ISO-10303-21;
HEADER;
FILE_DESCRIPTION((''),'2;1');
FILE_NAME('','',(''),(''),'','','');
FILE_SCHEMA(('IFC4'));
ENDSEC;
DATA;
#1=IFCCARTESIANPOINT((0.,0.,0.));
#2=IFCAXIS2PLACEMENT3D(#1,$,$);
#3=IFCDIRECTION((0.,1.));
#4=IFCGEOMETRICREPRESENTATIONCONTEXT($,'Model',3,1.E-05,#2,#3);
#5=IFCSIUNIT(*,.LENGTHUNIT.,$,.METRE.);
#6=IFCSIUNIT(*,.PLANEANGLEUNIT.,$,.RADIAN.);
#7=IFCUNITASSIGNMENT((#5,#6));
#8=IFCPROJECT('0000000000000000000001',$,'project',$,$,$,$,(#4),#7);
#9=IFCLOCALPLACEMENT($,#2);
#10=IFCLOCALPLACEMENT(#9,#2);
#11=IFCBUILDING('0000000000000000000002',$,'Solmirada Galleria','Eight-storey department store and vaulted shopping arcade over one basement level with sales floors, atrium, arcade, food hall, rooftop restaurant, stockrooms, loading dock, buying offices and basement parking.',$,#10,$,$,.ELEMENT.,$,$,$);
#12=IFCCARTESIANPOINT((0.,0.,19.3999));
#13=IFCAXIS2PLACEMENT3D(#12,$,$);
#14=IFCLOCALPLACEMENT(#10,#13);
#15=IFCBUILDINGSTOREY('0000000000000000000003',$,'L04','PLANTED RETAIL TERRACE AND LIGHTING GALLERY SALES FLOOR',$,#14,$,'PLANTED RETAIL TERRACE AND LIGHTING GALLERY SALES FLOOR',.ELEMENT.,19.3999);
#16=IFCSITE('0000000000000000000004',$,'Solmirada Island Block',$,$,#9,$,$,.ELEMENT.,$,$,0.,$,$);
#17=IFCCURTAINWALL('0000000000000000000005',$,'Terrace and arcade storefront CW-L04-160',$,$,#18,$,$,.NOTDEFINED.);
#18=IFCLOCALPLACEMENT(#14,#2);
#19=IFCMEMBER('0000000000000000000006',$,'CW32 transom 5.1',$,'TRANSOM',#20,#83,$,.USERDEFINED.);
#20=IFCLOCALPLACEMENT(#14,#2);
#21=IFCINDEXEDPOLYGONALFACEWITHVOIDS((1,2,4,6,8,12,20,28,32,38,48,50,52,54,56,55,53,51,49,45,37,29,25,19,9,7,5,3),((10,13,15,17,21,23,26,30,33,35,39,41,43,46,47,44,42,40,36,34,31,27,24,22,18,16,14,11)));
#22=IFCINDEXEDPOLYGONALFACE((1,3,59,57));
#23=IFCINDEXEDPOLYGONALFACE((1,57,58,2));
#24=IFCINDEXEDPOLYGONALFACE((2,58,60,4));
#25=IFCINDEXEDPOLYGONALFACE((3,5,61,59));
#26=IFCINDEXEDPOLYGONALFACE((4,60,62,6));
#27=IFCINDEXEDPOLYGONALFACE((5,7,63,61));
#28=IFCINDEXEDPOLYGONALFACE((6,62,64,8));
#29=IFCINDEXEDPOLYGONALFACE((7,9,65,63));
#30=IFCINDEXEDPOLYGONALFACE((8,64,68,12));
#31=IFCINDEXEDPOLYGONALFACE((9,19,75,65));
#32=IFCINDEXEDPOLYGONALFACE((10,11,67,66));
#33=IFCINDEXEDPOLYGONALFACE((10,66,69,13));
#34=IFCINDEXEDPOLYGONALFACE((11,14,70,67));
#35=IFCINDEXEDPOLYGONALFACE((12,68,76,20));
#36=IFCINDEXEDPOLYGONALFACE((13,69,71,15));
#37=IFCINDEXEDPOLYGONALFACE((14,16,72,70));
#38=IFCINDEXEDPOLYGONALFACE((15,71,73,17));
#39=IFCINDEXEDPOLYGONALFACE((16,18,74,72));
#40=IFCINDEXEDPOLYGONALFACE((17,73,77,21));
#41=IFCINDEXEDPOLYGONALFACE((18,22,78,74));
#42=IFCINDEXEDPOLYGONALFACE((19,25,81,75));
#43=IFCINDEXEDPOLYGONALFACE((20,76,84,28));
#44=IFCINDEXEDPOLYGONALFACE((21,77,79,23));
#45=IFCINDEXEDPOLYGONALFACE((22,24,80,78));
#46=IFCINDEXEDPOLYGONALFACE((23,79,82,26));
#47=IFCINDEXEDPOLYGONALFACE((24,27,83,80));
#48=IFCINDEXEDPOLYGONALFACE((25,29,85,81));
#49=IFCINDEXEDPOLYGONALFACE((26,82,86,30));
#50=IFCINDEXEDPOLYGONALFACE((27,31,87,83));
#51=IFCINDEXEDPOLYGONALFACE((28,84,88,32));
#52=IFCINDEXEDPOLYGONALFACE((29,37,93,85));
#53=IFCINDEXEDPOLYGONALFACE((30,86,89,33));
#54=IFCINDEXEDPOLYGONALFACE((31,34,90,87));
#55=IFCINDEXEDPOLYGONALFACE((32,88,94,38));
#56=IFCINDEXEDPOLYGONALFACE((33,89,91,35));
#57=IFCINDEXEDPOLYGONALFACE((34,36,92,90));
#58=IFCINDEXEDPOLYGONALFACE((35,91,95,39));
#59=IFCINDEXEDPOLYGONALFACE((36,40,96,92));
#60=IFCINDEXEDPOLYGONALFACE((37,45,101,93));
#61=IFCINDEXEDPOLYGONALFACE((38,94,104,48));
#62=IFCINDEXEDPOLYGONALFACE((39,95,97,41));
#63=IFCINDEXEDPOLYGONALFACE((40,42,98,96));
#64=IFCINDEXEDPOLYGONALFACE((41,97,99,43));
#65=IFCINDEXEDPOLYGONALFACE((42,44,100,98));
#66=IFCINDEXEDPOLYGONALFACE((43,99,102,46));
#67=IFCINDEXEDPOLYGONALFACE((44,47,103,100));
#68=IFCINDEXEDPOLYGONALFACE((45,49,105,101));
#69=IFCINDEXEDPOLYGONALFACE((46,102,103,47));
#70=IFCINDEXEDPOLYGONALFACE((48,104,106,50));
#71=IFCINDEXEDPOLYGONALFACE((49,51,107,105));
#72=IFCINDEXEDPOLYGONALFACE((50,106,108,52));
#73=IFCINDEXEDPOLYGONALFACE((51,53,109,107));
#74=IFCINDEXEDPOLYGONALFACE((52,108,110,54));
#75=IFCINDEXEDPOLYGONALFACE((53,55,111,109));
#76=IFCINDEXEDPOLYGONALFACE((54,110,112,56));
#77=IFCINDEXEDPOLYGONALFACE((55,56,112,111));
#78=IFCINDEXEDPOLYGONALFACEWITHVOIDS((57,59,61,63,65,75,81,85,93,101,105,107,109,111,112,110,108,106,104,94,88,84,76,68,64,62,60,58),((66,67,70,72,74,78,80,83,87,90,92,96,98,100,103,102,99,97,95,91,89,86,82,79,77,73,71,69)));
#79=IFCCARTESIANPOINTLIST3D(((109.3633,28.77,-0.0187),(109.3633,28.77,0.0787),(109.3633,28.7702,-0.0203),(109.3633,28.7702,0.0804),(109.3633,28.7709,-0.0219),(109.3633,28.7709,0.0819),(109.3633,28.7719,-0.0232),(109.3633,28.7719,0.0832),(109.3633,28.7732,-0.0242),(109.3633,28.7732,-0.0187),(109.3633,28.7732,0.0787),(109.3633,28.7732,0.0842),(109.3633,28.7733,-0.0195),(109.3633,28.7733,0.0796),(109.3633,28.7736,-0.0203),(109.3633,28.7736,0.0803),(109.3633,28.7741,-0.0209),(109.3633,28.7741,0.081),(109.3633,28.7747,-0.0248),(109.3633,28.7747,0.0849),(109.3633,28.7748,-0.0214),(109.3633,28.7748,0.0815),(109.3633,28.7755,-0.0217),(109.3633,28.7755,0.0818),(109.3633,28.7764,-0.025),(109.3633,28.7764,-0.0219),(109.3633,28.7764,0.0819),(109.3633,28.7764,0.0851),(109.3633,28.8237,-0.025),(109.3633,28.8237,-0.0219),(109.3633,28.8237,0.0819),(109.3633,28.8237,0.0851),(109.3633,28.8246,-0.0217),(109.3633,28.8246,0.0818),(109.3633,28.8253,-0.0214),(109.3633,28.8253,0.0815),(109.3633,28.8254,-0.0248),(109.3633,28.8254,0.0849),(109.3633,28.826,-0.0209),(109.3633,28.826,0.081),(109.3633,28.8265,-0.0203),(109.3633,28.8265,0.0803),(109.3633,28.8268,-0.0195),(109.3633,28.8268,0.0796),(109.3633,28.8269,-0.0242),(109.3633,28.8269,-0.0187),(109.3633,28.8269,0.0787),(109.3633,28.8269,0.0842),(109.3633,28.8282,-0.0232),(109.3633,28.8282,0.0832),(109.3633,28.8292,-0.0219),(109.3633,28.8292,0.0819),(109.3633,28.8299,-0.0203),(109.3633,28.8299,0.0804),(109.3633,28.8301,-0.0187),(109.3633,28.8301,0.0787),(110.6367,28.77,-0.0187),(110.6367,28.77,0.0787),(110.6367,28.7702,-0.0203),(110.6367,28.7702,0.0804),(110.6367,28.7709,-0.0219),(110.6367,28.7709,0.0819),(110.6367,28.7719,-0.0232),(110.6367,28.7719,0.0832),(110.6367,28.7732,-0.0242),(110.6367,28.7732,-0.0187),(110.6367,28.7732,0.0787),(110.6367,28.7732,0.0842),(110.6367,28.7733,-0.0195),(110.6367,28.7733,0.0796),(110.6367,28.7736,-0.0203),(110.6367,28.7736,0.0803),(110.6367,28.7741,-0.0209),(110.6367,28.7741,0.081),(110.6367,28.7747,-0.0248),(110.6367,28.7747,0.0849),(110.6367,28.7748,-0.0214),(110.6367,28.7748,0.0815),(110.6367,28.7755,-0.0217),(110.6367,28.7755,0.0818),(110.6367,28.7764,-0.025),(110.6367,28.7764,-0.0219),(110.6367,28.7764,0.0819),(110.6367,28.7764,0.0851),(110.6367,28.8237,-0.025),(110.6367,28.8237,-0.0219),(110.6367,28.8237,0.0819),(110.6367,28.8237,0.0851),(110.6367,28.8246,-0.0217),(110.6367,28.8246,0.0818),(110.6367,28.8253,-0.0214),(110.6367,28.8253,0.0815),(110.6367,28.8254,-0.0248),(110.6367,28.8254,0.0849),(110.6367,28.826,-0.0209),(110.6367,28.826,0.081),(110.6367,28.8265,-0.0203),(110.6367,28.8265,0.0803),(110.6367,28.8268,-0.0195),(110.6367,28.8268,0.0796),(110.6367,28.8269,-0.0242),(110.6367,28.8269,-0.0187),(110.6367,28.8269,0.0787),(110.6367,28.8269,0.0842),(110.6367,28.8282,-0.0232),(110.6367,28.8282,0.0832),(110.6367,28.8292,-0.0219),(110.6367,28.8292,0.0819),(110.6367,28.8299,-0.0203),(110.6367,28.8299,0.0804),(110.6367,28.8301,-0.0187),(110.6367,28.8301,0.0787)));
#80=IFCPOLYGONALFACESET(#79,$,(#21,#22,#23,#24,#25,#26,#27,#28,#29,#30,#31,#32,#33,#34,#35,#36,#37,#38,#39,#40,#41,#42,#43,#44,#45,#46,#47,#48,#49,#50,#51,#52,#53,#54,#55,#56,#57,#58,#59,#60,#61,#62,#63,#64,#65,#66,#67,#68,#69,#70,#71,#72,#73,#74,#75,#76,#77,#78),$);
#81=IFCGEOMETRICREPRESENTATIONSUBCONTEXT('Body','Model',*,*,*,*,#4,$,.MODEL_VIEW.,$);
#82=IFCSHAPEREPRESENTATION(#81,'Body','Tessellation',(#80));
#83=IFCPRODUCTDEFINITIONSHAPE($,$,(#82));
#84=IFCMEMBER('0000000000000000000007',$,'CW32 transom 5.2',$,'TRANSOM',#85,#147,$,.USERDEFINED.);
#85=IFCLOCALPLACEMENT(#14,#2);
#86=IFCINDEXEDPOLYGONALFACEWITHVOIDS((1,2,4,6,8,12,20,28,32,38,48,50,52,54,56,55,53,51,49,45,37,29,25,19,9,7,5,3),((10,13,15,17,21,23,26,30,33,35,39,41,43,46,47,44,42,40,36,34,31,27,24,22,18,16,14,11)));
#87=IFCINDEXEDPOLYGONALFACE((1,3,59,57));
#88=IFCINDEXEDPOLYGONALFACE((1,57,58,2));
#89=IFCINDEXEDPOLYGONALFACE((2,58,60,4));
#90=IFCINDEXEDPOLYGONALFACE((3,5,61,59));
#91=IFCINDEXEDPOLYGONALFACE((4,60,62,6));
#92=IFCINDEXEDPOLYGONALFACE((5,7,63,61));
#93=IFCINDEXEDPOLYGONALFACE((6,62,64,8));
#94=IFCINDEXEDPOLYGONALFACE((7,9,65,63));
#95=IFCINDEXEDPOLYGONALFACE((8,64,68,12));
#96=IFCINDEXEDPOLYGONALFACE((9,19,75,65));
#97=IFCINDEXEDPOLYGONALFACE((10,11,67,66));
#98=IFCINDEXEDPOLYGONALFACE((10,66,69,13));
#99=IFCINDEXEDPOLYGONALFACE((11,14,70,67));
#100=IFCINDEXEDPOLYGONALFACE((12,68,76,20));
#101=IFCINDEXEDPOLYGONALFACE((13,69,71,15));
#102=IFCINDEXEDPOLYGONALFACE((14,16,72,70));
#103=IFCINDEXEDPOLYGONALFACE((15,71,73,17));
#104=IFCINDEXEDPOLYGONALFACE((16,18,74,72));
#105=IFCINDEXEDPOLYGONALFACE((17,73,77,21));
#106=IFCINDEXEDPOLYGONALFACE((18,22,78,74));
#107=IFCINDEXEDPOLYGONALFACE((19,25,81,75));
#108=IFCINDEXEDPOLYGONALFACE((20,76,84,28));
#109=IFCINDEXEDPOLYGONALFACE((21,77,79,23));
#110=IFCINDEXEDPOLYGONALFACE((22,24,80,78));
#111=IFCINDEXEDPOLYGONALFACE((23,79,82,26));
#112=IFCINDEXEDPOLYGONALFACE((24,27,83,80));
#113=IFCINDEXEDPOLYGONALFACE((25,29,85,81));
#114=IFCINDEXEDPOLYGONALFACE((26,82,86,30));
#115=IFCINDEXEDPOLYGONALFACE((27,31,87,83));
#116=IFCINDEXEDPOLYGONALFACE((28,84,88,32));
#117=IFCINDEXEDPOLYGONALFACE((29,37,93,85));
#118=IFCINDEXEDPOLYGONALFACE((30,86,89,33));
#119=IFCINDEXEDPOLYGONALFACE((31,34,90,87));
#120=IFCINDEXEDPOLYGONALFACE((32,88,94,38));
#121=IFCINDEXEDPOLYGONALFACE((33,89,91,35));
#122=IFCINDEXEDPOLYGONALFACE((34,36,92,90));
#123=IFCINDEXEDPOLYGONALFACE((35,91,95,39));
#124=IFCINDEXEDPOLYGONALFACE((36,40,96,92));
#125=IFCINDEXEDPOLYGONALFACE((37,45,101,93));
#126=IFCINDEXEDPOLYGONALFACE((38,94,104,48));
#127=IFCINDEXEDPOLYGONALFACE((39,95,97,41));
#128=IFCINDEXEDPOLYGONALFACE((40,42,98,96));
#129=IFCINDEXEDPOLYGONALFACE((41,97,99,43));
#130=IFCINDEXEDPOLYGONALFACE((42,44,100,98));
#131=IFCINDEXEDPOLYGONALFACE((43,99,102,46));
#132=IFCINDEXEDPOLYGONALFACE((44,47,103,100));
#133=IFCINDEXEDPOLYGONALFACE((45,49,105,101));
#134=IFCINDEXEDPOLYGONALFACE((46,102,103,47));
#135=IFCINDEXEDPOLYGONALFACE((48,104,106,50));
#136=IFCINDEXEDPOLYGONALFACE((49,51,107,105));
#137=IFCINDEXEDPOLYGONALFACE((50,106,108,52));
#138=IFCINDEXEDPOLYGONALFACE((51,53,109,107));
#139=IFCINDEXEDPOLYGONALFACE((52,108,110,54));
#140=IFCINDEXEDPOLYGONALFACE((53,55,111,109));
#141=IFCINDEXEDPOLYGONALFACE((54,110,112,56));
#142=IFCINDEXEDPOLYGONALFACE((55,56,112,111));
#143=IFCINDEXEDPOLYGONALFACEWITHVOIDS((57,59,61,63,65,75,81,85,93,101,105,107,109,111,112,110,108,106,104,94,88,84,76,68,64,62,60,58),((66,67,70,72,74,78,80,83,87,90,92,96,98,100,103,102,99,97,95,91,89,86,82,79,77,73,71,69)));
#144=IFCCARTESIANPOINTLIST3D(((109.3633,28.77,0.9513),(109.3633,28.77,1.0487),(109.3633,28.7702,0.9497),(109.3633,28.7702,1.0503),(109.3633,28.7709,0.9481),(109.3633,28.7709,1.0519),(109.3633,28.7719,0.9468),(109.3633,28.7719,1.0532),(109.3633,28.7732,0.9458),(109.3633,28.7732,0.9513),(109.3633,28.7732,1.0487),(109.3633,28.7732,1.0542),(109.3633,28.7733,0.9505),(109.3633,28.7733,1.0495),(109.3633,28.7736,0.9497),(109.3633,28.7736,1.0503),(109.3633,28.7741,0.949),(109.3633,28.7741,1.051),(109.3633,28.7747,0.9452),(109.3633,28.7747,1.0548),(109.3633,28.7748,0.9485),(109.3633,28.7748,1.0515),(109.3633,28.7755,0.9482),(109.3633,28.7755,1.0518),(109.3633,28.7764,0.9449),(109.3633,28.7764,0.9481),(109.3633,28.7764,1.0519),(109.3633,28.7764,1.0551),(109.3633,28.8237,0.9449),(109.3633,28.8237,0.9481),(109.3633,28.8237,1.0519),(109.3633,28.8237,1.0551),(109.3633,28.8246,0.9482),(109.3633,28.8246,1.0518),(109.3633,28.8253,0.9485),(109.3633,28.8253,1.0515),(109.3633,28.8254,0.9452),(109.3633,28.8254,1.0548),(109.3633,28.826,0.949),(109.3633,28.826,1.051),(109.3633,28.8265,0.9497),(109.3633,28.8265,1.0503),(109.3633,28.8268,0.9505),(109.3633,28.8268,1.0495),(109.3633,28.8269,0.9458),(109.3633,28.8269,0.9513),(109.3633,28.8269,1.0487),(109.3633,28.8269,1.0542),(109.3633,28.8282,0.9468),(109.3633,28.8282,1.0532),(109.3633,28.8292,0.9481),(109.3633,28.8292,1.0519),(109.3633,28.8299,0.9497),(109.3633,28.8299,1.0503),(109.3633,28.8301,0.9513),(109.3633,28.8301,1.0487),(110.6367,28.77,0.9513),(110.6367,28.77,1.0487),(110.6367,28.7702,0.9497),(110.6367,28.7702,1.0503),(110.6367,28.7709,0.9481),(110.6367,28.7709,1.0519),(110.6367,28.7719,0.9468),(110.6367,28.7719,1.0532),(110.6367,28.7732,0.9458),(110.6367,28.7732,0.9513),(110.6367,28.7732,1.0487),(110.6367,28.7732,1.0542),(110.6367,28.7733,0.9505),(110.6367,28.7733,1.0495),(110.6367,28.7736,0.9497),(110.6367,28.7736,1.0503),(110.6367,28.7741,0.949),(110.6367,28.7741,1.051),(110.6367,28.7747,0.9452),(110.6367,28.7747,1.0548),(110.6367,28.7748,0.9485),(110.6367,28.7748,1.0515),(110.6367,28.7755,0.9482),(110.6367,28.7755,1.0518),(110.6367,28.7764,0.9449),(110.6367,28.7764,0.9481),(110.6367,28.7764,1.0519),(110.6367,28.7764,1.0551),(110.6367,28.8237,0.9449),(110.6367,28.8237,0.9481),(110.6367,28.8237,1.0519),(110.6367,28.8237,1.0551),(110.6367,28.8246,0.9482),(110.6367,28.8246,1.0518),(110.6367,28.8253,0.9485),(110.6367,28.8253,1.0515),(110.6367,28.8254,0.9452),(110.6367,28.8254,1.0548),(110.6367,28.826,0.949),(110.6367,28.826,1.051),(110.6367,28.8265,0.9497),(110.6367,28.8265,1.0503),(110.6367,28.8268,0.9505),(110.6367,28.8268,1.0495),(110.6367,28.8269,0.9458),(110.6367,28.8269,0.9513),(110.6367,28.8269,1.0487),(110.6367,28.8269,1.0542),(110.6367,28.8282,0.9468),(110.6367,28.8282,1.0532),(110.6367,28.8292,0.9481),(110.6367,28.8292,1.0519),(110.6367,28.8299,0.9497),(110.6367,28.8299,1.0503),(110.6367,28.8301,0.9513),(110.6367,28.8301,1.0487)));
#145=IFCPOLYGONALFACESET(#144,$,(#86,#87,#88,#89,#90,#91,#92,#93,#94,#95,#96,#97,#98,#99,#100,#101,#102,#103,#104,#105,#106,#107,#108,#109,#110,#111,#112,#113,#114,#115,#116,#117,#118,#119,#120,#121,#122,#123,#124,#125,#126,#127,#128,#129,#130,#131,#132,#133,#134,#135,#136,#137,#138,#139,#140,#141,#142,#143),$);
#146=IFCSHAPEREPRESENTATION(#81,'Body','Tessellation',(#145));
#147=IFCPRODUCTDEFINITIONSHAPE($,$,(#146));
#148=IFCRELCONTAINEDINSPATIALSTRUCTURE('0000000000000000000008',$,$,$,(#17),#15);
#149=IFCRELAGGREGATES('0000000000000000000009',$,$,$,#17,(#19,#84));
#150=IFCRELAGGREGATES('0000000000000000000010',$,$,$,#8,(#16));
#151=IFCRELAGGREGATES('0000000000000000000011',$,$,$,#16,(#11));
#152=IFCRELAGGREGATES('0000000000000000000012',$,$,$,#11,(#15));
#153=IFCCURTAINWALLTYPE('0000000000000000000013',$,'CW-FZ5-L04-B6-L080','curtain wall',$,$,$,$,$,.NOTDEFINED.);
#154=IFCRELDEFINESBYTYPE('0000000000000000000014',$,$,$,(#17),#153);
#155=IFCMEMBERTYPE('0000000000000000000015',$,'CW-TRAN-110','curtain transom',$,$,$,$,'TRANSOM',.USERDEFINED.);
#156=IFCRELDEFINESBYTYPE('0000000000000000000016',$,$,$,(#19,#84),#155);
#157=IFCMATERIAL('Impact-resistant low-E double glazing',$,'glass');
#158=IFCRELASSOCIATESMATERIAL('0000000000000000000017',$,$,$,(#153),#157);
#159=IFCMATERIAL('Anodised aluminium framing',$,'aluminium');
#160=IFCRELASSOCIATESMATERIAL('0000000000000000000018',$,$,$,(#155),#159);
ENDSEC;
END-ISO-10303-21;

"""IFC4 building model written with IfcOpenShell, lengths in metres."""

from ifc_helpers import new_model, si_unit, direction, frame, origin, origin_2d, place, context, subcontext, project, spatial, hollow_rectangle, extrude, material, material_profile, profile_set, type_object, element, aggregate, save


model = new_model("IFC4")

# Units and contexts
model_context = context("Model", 3, precision=1e-05, world=origin(), true_north=direction((0.0, 1.0)))
body_context = subcontext(model_context, "Body", "Model", "MODEL_VIEW")
ifc_project = project(units=[si_unit("LENGTHUNIT", "METRE"), si_unit("PLANEANGLEUNIT", "RADIAN")], contexts=[model_context])

# Site, building, storey
site_placement = place(None, origin())
site = spatial("IfcSite", under=ifc_project, at=site_placement, Name="Solmirada Island Block", CompositionType="ELEMENT", RefElevation=0.0)
building_placement = place(site_placement, origin())
building = spatial("IfcBuilding", under=site, at=building_placement, Name="Solmirada Galleria", Description="Eight-storey department store and vaulted shopping arcade over one basement level with sales floors, atrium, arcade, food hall, rooftop restaurant, stockrooms, loading dock, buying offices and basement parking.", CompositionType="ELEMENT")
storey_placement = place(building_placement, frame((0.0, 0.0, 19.3999)))
storey = spatial("IfcBuildingStorey", under=building, at=storey_placement, Name="L04", Description="PLANTED RETAIL TERRACE AND LIGHTING GALLERY SALES FLOOR", LongName="PLANTED RETAIL TERRACE AND LIGHTING GALLERY SALES FLOOR", CompositionType="ELEMENT", Elevation=19.3999)

# Curtain wall, members
ifc_material_1 = material(Name="Impact-resistant low-E double glazing", Category="glass")
curtain_wall_type = type_object("IfcCurtainWallType", Name="CW-FZ5-L04-B6-L080", Description="curtain wall", PredefinedType="NOTDEFINED", material=ifc_material_1)
curtain_wall_placement = place(storey_placement, origin())
curtain_wall = element("IfcCurtainWall", 1, at=curtain_wall_placement, inside=storey, type_object=curtain_wall_type, Name="Terrace and arcade storefront CW-L04-160", PredefinedType="NOTDEFINED")
ifc_material_2 = material(Name="Anodised aluminium framing", Category="aluminium")
ifc_material_profile_1 = material_profile(ifc_material_2, hollow_rectangle(XDim=0.0601, YDim=0.1101, WallThickness=0.0032, InnerFilletRadius=0.0032, OuterFilletRadius=0.0063, at=origin_2d()), Name="ALU-TRAN-110X60")
ifc_profile_set_1 = profile_set([ifc_material_profile_1], Name="Anodised aluminium framing")
member_type_1 = type_object("IfcMemberType", Name="CW-TRAN-110", Description="curtain transom", ElementType="TRANSOM", PredefinedType="USERDEFINED", material=ifc_profile_set_1)
member_1_placement = place(storey_placement, frame((109.3633, 28.8, 0.03), z_axis=(1.0, 0.0, 0.0), x_axis=(0.0, 1.0, 0.0)))
member_1 = element("IfcMember", 2, at=member_1_placement, type_object=member_type_1, Name="CW32 transom 5.1", ObjectType="TRANSOM", PredefinedType="USERDEFINED", context=body_context, shape_type="SweptSolid", body=[
    extrude(hollow_rectangle(XDim=0.0601, YDim=0.1101, WallThickness=0.0032, InnerFilletRadius=0.0032, OuterFilletRadius=0.0063, at=origin_2d()), origin(), (0.0, 0.0, 1.0), 1.2734),
])
member_2_placement = place(storey_placement, frame((109.3633, 28.8, 1.0), z_axis=(1.0, 0.0, 0.0), x_axis=(0.0, 1.0, 0.0)))
member_2 = element("IfcMember", 3, at=member_2_placement, type_object=member_type_1, Name="CW32 transom 5.2", ObjectType="TRANSOM", PredefinedType="USERDEFINED", context=body_context, shape_type="SweptSolid", body=[
    extrude(hollow_rectangle(XDim=0.0601, YDim=0.1101, WallThickness=0.0032, InnerFilletRadius=0.0032, OuterFilletRadius=0.0063, at=origin_2d()), origin(), (0.0, 0.0, 1.0), 1.2734),
])
aggregate(curtain_wall, [member_1, member_2])

save(model, "model.ifc")
